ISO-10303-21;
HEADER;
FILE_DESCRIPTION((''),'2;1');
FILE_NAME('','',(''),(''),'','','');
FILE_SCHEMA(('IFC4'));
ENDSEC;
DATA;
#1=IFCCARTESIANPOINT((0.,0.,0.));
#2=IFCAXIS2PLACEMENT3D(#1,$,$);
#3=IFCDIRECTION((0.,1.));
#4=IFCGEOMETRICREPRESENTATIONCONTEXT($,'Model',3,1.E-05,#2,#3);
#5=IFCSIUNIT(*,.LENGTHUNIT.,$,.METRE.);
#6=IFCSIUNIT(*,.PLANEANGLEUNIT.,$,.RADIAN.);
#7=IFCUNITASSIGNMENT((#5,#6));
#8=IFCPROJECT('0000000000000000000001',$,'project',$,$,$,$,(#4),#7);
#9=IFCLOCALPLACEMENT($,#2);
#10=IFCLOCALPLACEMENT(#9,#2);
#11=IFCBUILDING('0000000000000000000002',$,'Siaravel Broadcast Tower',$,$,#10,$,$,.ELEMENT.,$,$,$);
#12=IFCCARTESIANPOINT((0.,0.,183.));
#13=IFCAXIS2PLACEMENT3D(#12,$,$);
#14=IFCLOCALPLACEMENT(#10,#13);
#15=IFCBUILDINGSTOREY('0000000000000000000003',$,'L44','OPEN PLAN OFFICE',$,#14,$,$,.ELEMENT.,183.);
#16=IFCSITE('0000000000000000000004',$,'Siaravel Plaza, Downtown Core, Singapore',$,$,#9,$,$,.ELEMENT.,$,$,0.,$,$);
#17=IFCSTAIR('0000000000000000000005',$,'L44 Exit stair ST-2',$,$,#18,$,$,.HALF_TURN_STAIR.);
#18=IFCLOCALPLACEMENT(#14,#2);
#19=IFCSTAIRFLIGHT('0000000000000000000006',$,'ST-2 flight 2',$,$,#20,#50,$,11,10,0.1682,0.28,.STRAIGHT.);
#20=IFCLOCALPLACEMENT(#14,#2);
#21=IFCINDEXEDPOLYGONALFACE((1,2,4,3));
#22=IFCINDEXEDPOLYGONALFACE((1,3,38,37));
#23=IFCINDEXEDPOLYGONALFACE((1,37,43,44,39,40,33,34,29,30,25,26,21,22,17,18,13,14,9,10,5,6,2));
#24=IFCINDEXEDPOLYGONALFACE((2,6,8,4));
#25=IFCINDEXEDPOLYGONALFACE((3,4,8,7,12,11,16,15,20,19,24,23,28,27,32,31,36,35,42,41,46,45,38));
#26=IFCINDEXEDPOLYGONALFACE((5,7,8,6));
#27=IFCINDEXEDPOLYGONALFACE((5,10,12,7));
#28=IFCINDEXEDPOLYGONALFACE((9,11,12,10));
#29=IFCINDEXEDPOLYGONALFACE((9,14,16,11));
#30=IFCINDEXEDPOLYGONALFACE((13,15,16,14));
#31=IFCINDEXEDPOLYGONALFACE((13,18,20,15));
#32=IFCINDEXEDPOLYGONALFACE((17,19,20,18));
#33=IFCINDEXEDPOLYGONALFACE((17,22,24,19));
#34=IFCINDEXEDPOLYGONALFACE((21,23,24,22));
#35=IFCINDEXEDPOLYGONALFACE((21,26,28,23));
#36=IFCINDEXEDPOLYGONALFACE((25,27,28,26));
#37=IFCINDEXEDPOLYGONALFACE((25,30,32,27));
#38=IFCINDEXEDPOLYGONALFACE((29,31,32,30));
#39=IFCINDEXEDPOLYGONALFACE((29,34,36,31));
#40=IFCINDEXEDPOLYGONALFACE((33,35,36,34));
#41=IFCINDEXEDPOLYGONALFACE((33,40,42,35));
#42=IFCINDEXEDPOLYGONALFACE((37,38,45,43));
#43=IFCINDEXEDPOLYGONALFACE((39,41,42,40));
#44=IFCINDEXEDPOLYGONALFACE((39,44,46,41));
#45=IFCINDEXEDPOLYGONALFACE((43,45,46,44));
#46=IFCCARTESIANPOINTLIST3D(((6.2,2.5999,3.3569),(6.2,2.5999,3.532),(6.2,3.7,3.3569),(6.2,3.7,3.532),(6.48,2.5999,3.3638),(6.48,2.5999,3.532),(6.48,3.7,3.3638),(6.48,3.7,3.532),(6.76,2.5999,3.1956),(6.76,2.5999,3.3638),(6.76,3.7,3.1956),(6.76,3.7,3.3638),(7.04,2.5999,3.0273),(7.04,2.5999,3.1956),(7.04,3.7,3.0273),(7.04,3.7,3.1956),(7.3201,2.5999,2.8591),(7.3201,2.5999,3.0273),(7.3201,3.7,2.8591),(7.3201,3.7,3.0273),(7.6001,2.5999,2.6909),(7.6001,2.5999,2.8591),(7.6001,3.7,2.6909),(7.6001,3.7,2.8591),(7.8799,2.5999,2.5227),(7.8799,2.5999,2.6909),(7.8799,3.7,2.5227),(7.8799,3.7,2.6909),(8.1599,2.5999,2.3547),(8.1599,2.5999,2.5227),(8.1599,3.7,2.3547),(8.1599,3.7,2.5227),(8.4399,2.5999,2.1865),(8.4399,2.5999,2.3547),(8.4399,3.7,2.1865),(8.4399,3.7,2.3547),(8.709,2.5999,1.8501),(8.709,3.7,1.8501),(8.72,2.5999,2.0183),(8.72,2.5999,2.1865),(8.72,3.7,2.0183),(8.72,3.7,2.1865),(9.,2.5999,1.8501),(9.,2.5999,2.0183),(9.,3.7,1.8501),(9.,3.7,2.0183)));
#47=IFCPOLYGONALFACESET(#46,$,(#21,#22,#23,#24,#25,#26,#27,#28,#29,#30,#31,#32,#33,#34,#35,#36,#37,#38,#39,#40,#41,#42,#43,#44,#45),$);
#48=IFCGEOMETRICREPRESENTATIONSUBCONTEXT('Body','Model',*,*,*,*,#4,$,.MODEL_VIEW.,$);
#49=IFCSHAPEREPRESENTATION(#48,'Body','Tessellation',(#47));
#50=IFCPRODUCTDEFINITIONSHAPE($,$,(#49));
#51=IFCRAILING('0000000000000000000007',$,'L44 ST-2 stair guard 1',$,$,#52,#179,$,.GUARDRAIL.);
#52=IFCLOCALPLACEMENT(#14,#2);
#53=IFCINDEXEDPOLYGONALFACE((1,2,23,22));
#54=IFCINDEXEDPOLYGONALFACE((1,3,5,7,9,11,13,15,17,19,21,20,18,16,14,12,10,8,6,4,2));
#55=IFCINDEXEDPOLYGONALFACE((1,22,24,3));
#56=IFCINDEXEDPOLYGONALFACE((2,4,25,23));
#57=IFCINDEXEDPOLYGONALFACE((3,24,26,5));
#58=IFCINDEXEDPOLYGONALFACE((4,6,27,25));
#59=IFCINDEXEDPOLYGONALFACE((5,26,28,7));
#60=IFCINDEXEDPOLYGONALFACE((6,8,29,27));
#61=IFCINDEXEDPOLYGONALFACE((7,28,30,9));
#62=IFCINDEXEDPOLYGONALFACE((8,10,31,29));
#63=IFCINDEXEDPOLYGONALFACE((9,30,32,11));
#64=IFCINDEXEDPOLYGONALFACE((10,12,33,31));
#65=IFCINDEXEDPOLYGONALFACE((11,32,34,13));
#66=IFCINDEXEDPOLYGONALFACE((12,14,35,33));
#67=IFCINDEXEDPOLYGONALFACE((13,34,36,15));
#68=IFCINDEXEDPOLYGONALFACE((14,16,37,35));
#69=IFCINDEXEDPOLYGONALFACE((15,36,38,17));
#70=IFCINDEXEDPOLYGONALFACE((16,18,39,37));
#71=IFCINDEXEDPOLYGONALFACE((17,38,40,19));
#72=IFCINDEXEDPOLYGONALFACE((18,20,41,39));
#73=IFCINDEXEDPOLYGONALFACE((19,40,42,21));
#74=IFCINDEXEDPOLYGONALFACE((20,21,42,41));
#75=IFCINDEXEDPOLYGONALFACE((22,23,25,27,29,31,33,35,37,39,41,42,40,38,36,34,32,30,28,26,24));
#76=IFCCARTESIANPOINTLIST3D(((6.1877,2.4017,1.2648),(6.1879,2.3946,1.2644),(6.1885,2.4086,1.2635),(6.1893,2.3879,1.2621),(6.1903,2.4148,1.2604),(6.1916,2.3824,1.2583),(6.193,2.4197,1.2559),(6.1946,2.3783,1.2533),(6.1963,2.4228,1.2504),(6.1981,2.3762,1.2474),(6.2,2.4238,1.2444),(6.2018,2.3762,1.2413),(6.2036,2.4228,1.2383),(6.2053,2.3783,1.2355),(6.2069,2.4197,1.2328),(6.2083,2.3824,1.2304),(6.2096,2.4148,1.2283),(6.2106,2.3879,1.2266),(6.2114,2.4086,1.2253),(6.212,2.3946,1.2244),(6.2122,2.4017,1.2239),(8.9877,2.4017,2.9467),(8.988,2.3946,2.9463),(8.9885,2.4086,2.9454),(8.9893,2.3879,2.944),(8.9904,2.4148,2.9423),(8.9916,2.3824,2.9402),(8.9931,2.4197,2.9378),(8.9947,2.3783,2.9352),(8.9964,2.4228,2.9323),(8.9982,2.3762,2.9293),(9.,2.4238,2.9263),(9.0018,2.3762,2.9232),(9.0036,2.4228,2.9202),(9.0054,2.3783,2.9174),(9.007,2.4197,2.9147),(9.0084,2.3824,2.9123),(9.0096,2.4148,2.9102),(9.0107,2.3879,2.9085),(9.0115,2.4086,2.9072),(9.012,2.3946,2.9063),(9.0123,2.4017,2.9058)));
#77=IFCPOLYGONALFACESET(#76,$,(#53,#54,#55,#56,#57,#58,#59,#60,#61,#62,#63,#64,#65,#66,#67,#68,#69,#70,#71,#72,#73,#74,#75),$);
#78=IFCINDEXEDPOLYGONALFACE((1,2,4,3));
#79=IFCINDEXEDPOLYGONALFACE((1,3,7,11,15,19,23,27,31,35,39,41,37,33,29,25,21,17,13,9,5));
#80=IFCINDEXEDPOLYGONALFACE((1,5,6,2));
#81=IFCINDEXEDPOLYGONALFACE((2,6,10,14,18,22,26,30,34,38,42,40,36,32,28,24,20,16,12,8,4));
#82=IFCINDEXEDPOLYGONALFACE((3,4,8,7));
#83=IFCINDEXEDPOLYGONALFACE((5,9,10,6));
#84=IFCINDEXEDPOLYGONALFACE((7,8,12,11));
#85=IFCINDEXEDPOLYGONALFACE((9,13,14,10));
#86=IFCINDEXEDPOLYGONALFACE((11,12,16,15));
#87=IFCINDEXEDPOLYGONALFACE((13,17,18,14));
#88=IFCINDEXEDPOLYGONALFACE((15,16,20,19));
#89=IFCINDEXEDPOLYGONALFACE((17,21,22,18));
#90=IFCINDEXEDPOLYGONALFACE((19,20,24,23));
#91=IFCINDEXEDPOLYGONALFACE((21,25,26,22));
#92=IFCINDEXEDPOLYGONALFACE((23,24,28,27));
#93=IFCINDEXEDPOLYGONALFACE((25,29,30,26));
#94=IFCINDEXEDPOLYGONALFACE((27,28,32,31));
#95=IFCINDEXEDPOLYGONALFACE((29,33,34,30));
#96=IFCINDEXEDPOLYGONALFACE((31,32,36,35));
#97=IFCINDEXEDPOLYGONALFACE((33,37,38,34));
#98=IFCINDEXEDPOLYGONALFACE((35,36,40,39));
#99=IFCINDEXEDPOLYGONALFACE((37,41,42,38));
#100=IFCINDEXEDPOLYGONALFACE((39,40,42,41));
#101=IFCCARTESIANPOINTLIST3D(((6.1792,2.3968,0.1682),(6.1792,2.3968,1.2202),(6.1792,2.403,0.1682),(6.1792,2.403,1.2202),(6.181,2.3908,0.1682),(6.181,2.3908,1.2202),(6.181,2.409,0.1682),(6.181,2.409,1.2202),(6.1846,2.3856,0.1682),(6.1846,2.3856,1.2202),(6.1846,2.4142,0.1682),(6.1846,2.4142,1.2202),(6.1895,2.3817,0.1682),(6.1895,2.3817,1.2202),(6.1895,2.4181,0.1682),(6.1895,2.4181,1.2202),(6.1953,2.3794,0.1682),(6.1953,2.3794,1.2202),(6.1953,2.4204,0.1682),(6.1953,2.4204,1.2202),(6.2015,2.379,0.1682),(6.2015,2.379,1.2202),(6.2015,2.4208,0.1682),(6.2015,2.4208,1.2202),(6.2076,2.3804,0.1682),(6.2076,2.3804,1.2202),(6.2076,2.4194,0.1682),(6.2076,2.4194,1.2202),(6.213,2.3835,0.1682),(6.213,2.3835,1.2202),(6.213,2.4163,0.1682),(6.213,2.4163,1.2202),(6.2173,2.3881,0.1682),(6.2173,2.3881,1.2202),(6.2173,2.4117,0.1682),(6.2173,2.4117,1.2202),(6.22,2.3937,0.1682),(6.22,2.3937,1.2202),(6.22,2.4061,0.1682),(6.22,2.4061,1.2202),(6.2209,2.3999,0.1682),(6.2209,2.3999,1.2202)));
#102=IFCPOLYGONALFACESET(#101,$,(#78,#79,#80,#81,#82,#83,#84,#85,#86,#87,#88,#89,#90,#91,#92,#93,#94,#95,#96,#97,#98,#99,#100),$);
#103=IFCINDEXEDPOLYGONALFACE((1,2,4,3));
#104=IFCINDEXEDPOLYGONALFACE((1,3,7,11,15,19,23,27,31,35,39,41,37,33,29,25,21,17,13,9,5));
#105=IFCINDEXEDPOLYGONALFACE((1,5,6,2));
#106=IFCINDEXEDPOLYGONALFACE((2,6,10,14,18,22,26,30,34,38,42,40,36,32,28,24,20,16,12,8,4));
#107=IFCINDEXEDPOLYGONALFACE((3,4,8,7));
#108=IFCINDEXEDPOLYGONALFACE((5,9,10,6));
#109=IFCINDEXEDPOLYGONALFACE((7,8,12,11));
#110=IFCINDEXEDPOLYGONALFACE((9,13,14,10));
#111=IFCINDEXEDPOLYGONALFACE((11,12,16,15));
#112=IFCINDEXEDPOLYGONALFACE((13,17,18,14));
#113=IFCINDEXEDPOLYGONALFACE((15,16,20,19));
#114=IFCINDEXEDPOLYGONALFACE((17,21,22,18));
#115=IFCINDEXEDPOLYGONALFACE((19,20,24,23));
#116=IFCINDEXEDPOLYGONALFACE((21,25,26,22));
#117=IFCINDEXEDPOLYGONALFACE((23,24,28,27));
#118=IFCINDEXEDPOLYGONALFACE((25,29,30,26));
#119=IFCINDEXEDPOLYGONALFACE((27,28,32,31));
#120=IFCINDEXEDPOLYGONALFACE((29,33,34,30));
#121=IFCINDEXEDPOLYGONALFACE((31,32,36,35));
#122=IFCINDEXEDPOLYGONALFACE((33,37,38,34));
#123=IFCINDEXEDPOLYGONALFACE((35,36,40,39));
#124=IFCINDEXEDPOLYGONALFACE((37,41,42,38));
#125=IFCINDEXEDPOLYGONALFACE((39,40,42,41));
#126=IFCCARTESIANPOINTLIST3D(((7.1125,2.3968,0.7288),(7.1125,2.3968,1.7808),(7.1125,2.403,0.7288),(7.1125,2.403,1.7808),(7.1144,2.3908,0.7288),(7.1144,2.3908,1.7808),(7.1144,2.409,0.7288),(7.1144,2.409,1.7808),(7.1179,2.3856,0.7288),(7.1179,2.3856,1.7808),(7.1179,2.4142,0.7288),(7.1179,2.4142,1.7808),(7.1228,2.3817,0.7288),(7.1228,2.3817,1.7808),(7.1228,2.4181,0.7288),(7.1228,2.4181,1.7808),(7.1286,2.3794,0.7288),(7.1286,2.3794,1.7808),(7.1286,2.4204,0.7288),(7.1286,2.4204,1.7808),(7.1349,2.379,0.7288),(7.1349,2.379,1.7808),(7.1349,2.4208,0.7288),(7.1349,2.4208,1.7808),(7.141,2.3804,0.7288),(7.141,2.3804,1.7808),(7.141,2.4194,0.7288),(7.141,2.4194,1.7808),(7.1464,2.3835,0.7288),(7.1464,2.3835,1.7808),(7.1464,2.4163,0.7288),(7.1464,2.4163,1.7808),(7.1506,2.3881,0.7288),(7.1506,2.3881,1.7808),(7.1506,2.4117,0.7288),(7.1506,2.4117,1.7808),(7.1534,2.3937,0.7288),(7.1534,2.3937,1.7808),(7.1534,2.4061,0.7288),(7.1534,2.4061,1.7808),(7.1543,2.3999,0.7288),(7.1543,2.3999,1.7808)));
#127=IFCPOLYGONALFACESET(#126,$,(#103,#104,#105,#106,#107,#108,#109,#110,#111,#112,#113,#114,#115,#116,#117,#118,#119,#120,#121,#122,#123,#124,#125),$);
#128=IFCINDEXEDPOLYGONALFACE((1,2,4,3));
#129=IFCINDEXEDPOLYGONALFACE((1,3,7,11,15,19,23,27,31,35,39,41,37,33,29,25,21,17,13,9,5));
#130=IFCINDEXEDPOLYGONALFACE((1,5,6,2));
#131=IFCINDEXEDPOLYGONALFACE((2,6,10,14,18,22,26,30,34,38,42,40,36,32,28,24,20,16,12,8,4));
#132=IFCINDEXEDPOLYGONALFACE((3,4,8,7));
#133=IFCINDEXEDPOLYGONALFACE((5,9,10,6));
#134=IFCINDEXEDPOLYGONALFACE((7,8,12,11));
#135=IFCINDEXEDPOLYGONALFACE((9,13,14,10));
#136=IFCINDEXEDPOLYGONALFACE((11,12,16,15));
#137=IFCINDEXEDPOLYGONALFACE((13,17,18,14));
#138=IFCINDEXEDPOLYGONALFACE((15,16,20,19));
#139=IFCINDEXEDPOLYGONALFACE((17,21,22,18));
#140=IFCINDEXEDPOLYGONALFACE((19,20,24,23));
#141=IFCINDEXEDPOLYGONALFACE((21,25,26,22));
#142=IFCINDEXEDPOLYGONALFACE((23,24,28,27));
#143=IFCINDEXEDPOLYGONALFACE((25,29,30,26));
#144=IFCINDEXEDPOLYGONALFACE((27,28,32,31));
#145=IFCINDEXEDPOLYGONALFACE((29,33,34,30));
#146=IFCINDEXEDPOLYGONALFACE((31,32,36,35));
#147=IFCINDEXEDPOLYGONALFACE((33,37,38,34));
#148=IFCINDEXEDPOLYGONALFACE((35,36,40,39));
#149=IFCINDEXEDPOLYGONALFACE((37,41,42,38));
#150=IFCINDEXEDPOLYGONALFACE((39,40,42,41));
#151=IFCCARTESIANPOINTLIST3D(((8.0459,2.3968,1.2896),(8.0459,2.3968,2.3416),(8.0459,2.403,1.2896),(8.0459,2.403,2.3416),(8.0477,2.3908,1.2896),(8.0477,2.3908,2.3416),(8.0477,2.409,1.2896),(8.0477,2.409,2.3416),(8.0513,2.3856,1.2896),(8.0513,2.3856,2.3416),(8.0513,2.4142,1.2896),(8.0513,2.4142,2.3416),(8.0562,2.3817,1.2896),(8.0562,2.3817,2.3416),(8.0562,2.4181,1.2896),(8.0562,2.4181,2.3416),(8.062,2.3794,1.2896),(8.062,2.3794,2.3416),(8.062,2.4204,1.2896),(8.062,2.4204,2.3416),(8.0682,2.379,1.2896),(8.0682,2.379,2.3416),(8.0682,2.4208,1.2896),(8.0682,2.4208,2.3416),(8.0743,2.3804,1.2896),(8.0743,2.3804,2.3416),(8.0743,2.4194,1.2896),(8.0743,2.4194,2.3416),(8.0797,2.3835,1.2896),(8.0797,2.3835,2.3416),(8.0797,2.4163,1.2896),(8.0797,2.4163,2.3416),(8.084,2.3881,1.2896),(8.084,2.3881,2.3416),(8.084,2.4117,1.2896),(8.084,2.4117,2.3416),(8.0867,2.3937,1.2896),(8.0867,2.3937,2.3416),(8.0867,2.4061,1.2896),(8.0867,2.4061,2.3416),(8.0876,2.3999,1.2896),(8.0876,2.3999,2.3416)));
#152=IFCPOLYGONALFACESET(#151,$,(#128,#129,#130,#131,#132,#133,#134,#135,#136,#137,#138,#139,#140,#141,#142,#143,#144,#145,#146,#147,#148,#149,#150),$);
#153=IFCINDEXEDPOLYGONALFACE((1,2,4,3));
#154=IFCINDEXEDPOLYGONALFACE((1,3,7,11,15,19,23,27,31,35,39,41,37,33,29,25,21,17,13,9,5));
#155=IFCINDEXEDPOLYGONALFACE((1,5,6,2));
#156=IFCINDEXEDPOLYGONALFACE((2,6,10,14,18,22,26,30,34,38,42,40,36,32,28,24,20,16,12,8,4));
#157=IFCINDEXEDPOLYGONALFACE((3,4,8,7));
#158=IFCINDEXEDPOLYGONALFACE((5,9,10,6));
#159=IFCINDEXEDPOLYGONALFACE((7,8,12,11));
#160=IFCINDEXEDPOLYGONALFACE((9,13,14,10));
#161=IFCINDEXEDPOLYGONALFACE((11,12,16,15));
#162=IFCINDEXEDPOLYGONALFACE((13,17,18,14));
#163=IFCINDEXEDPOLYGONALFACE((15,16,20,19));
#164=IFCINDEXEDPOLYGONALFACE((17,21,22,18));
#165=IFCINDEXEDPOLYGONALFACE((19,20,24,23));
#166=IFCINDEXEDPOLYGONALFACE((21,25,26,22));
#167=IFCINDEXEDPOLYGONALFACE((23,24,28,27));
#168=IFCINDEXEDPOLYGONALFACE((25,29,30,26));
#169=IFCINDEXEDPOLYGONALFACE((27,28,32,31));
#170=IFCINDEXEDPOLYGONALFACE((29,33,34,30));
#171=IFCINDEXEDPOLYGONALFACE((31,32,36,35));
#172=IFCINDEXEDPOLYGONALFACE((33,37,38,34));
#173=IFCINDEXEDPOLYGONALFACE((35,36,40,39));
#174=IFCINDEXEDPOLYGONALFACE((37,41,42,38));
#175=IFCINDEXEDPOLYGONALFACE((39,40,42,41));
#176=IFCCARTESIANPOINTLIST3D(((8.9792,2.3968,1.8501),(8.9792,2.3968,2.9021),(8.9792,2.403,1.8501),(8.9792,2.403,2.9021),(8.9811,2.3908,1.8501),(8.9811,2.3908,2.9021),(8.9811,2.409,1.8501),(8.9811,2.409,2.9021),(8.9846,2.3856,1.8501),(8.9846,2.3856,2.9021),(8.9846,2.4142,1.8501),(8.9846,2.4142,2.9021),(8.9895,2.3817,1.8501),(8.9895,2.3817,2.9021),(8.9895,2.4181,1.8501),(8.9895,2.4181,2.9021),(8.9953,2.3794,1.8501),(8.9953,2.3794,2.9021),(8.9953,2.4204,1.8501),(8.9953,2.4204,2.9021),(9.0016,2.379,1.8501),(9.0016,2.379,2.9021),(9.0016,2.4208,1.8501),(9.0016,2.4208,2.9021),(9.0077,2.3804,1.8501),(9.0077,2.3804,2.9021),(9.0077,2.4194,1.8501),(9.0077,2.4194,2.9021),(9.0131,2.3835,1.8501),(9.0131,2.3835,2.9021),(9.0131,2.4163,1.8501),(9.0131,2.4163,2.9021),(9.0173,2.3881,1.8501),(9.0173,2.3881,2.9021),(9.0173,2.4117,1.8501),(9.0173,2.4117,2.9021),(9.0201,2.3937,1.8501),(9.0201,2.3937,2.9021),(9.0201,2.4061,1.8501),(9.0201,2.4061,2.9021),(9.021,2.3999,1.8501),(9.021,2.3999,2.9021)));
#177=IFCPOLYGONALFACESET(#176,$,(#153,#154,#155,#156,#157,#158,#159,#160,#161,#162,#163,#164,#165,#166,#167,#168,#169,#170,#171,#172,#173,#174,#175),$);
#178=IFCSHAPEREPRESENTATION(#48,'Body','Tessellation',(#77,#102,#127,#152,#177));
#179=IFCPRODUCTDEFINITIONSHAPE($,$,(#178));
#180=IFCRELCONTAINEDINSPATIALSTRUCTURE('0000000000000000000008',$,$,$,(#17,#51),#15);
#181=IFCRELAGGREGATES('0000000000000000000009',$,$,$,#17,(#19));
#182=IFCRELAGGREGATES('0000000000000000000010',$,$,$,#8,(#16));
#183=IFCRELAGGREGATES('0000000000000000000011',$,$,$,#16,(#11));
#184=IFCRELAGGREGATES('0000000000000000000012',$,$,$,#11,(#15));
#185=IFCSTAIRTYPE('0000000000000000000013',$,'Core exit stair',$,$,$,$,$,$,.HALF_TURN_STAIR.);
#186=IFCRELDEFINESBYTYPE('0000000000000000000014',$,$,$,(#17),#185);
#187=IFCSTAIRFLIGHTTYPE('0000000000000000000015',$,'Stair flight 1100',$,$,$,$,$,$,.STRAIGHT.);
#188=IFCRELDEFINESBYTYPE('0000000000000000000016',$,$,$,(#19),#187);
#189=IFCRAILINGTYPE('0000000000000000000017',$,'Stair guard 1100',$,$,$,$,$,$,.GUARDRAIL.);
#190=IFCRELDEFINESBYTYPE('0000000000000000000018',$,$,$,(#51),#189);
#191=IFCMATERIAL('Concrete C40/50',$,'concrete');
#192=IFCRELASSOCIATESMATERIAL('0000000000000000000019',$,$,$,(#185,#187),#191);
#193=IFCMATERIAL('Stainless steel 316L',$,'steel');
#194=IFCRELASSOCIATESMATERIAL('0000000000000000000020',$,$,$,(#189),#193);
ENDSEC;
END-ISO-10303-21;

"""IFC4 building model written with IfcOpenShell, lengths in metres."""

from ifc_helpers import new_model, si_unit, direction, frame, origin, origin_2d, place, context, subcontext, project, spatial, polyline, circle, outline, extrude, material, type_object, element, aggregate, save


model = new_model("IFC4")

# Units and contexts
model_context = context("Model", 3, precision=1e-05, world=origin(), true_north=direction((0.0, 1.0)))
body_context = subcontext(model_context, "Body", "Model", "MODEL_VIEW")
ifc_project = project(units=[si_unit("LENGTHUNIT", "METRE"), si_unit("PLANEANGLEUNIT", "RADIAN")], contexts=[model_context])

# Site, building, storey
site_placement = place(None, origin())
site = spatial("IfcSite", under=ifc_project, at=site_placement, Name="Siaravel Plaza, Downtown Core, Singapore", CompositionType="ELEMENT", RefElevation=0.0)
building_placement = place(site_placement, origin())
building = spatial("IfcBuilding", under=site, at=building_placement, Name="Siaravel Broadcast Tower", CompositionType="ELEMENT")
storey_placement = place(building_placement, frame((0.0, 0.0, 183.0)))
storey = spatial("IfcBuildingStorey", under=building, at=storey_placement, Name="L44", Description="OPEN PLAN OFFICE", CompositionType="ELEMENT", Elevation=183.0)

# Stair, stair flight
ifc_material_1 = material(Name="Concrete C40/50", Category="concrete")
stair_type = type_object("IfcStairType", Name="Core exit stair", PredefinedType="HALF_TURN_STAIR", material=ifc_material_1)
stair_placement = place(storey_placement, origin())
stair = element("IfcStair", 1, at=stair_placement, inside=storey, type_object=stair_type, Name="L44 Exit stair ST-2", PredefinedType="HALF_TURN_STAIR")
stair_flight_type = type_object("IfcStairFlightType", Name="Stair flight 1100", PredefinedType="STRAIGHT", material=ifc_material_1)
stair_flight_1_placement = place(storey_placement, frame((9.0, 3.1499, 1.8501), z_axis=(0.0, 0.0, 1.0), x_axis=(-1.0, 0.0, 0.0)))
stair_flight_1 = element("IfcStairFlight", 2, at=stair_flight_1_placement, type_object=stair_flight_type, Name="ST-2 flight 2", NumberOfRisers=11, NumberOfTreads=10, PredefinedType="STRAIGHT", RiserHeight=0.1682, TreadLength=0.28, context=body_context, shape_type="SweptSolid", body=[
    extrude(outline(polyline([(0.0, 0.0), (0.0, 0.1682), (0.28, 0.1682), (0.28, 0.3364), (0.5601, 0.3364), (0.5601, 0.5046), (0.8401, 0.5046), (0.8401, 0.6726), (1.1201, 0.6726), (1.1201, 0.8408), (1.3999, 0.8408), (1.3999, 1.009), (1.6799, 1.009), (1.6799, 1.1772), (1.96, 1.1772), (1.96, 1.3455), (2.24, 1.3455), (2.24, 1.5137), (2.52, 1.5137), (2.52, 1.6819), (2.8, 1.6819), (2.8, 1.8501), (2.8, 1.5068), (0.291, 0.0), (0.0, 0.0)])), frame((0.0, 0.55, 0.0), z_axis=(0.0, -1.0, 0.0), x_axis=(1.0, 0.0, 0.0)), (0.0, 0.0, 1.0), 1.1001),
])
aggregate(stair, [stair_flight_1])

# Railing
ifc_material_2 = material(Name="Stainless steel 316L", Category="steel")
railing_type_1 = type_object("IfcRailingType", Name="Stair guard 1100", PredefinedType="GUARDRAIL", material=ifc_material_2)
railing_1_placement = place(storey_placement, frame((6.2, 2.3999, 0.1682)))
element("IfcRailing", 3, at=railing_1_placement, inside=storey, type_object=railing_type_1, Name="L44 ST-2 stair guard 1", PredefinedType="GUARDRAIL", context=body_context, shape_type="SweptSolid", body=[
    extrude(circle(Radius=0.0239, at=origin_2d()), frame((0.0, 0.0, 1.0762), z_axis=(0.857242, 0.0, 0.514913), x_axis=(0.0, 1.0, 0.0)), (0.0, 0.0, 1.0), 3.2664),
    extrude(circle(Radius=0.021, at=origin_2d()), origin(), (0.0, 0.0, 1.0), 1.052),
    extrude(circle(Radius=0.021, at=origin_2d()), frame((0.9333, 0.0, 0.5605)), (0.0, 0.0, 1.0), 1.052),
    extrude(circle(Radius=0.021, at=origin_2d()), frame((1.8667, 0.0, 1.1213)), (0.0, 0.0, 1.0), 1.052),
    extrude(circle(Radius=0.021, at=origin_2d()), frame((2.8, 0.0, 1.6819)), (0.0, 0.0, 1.0), 1.052),
])

save(model, "model.ifc")
